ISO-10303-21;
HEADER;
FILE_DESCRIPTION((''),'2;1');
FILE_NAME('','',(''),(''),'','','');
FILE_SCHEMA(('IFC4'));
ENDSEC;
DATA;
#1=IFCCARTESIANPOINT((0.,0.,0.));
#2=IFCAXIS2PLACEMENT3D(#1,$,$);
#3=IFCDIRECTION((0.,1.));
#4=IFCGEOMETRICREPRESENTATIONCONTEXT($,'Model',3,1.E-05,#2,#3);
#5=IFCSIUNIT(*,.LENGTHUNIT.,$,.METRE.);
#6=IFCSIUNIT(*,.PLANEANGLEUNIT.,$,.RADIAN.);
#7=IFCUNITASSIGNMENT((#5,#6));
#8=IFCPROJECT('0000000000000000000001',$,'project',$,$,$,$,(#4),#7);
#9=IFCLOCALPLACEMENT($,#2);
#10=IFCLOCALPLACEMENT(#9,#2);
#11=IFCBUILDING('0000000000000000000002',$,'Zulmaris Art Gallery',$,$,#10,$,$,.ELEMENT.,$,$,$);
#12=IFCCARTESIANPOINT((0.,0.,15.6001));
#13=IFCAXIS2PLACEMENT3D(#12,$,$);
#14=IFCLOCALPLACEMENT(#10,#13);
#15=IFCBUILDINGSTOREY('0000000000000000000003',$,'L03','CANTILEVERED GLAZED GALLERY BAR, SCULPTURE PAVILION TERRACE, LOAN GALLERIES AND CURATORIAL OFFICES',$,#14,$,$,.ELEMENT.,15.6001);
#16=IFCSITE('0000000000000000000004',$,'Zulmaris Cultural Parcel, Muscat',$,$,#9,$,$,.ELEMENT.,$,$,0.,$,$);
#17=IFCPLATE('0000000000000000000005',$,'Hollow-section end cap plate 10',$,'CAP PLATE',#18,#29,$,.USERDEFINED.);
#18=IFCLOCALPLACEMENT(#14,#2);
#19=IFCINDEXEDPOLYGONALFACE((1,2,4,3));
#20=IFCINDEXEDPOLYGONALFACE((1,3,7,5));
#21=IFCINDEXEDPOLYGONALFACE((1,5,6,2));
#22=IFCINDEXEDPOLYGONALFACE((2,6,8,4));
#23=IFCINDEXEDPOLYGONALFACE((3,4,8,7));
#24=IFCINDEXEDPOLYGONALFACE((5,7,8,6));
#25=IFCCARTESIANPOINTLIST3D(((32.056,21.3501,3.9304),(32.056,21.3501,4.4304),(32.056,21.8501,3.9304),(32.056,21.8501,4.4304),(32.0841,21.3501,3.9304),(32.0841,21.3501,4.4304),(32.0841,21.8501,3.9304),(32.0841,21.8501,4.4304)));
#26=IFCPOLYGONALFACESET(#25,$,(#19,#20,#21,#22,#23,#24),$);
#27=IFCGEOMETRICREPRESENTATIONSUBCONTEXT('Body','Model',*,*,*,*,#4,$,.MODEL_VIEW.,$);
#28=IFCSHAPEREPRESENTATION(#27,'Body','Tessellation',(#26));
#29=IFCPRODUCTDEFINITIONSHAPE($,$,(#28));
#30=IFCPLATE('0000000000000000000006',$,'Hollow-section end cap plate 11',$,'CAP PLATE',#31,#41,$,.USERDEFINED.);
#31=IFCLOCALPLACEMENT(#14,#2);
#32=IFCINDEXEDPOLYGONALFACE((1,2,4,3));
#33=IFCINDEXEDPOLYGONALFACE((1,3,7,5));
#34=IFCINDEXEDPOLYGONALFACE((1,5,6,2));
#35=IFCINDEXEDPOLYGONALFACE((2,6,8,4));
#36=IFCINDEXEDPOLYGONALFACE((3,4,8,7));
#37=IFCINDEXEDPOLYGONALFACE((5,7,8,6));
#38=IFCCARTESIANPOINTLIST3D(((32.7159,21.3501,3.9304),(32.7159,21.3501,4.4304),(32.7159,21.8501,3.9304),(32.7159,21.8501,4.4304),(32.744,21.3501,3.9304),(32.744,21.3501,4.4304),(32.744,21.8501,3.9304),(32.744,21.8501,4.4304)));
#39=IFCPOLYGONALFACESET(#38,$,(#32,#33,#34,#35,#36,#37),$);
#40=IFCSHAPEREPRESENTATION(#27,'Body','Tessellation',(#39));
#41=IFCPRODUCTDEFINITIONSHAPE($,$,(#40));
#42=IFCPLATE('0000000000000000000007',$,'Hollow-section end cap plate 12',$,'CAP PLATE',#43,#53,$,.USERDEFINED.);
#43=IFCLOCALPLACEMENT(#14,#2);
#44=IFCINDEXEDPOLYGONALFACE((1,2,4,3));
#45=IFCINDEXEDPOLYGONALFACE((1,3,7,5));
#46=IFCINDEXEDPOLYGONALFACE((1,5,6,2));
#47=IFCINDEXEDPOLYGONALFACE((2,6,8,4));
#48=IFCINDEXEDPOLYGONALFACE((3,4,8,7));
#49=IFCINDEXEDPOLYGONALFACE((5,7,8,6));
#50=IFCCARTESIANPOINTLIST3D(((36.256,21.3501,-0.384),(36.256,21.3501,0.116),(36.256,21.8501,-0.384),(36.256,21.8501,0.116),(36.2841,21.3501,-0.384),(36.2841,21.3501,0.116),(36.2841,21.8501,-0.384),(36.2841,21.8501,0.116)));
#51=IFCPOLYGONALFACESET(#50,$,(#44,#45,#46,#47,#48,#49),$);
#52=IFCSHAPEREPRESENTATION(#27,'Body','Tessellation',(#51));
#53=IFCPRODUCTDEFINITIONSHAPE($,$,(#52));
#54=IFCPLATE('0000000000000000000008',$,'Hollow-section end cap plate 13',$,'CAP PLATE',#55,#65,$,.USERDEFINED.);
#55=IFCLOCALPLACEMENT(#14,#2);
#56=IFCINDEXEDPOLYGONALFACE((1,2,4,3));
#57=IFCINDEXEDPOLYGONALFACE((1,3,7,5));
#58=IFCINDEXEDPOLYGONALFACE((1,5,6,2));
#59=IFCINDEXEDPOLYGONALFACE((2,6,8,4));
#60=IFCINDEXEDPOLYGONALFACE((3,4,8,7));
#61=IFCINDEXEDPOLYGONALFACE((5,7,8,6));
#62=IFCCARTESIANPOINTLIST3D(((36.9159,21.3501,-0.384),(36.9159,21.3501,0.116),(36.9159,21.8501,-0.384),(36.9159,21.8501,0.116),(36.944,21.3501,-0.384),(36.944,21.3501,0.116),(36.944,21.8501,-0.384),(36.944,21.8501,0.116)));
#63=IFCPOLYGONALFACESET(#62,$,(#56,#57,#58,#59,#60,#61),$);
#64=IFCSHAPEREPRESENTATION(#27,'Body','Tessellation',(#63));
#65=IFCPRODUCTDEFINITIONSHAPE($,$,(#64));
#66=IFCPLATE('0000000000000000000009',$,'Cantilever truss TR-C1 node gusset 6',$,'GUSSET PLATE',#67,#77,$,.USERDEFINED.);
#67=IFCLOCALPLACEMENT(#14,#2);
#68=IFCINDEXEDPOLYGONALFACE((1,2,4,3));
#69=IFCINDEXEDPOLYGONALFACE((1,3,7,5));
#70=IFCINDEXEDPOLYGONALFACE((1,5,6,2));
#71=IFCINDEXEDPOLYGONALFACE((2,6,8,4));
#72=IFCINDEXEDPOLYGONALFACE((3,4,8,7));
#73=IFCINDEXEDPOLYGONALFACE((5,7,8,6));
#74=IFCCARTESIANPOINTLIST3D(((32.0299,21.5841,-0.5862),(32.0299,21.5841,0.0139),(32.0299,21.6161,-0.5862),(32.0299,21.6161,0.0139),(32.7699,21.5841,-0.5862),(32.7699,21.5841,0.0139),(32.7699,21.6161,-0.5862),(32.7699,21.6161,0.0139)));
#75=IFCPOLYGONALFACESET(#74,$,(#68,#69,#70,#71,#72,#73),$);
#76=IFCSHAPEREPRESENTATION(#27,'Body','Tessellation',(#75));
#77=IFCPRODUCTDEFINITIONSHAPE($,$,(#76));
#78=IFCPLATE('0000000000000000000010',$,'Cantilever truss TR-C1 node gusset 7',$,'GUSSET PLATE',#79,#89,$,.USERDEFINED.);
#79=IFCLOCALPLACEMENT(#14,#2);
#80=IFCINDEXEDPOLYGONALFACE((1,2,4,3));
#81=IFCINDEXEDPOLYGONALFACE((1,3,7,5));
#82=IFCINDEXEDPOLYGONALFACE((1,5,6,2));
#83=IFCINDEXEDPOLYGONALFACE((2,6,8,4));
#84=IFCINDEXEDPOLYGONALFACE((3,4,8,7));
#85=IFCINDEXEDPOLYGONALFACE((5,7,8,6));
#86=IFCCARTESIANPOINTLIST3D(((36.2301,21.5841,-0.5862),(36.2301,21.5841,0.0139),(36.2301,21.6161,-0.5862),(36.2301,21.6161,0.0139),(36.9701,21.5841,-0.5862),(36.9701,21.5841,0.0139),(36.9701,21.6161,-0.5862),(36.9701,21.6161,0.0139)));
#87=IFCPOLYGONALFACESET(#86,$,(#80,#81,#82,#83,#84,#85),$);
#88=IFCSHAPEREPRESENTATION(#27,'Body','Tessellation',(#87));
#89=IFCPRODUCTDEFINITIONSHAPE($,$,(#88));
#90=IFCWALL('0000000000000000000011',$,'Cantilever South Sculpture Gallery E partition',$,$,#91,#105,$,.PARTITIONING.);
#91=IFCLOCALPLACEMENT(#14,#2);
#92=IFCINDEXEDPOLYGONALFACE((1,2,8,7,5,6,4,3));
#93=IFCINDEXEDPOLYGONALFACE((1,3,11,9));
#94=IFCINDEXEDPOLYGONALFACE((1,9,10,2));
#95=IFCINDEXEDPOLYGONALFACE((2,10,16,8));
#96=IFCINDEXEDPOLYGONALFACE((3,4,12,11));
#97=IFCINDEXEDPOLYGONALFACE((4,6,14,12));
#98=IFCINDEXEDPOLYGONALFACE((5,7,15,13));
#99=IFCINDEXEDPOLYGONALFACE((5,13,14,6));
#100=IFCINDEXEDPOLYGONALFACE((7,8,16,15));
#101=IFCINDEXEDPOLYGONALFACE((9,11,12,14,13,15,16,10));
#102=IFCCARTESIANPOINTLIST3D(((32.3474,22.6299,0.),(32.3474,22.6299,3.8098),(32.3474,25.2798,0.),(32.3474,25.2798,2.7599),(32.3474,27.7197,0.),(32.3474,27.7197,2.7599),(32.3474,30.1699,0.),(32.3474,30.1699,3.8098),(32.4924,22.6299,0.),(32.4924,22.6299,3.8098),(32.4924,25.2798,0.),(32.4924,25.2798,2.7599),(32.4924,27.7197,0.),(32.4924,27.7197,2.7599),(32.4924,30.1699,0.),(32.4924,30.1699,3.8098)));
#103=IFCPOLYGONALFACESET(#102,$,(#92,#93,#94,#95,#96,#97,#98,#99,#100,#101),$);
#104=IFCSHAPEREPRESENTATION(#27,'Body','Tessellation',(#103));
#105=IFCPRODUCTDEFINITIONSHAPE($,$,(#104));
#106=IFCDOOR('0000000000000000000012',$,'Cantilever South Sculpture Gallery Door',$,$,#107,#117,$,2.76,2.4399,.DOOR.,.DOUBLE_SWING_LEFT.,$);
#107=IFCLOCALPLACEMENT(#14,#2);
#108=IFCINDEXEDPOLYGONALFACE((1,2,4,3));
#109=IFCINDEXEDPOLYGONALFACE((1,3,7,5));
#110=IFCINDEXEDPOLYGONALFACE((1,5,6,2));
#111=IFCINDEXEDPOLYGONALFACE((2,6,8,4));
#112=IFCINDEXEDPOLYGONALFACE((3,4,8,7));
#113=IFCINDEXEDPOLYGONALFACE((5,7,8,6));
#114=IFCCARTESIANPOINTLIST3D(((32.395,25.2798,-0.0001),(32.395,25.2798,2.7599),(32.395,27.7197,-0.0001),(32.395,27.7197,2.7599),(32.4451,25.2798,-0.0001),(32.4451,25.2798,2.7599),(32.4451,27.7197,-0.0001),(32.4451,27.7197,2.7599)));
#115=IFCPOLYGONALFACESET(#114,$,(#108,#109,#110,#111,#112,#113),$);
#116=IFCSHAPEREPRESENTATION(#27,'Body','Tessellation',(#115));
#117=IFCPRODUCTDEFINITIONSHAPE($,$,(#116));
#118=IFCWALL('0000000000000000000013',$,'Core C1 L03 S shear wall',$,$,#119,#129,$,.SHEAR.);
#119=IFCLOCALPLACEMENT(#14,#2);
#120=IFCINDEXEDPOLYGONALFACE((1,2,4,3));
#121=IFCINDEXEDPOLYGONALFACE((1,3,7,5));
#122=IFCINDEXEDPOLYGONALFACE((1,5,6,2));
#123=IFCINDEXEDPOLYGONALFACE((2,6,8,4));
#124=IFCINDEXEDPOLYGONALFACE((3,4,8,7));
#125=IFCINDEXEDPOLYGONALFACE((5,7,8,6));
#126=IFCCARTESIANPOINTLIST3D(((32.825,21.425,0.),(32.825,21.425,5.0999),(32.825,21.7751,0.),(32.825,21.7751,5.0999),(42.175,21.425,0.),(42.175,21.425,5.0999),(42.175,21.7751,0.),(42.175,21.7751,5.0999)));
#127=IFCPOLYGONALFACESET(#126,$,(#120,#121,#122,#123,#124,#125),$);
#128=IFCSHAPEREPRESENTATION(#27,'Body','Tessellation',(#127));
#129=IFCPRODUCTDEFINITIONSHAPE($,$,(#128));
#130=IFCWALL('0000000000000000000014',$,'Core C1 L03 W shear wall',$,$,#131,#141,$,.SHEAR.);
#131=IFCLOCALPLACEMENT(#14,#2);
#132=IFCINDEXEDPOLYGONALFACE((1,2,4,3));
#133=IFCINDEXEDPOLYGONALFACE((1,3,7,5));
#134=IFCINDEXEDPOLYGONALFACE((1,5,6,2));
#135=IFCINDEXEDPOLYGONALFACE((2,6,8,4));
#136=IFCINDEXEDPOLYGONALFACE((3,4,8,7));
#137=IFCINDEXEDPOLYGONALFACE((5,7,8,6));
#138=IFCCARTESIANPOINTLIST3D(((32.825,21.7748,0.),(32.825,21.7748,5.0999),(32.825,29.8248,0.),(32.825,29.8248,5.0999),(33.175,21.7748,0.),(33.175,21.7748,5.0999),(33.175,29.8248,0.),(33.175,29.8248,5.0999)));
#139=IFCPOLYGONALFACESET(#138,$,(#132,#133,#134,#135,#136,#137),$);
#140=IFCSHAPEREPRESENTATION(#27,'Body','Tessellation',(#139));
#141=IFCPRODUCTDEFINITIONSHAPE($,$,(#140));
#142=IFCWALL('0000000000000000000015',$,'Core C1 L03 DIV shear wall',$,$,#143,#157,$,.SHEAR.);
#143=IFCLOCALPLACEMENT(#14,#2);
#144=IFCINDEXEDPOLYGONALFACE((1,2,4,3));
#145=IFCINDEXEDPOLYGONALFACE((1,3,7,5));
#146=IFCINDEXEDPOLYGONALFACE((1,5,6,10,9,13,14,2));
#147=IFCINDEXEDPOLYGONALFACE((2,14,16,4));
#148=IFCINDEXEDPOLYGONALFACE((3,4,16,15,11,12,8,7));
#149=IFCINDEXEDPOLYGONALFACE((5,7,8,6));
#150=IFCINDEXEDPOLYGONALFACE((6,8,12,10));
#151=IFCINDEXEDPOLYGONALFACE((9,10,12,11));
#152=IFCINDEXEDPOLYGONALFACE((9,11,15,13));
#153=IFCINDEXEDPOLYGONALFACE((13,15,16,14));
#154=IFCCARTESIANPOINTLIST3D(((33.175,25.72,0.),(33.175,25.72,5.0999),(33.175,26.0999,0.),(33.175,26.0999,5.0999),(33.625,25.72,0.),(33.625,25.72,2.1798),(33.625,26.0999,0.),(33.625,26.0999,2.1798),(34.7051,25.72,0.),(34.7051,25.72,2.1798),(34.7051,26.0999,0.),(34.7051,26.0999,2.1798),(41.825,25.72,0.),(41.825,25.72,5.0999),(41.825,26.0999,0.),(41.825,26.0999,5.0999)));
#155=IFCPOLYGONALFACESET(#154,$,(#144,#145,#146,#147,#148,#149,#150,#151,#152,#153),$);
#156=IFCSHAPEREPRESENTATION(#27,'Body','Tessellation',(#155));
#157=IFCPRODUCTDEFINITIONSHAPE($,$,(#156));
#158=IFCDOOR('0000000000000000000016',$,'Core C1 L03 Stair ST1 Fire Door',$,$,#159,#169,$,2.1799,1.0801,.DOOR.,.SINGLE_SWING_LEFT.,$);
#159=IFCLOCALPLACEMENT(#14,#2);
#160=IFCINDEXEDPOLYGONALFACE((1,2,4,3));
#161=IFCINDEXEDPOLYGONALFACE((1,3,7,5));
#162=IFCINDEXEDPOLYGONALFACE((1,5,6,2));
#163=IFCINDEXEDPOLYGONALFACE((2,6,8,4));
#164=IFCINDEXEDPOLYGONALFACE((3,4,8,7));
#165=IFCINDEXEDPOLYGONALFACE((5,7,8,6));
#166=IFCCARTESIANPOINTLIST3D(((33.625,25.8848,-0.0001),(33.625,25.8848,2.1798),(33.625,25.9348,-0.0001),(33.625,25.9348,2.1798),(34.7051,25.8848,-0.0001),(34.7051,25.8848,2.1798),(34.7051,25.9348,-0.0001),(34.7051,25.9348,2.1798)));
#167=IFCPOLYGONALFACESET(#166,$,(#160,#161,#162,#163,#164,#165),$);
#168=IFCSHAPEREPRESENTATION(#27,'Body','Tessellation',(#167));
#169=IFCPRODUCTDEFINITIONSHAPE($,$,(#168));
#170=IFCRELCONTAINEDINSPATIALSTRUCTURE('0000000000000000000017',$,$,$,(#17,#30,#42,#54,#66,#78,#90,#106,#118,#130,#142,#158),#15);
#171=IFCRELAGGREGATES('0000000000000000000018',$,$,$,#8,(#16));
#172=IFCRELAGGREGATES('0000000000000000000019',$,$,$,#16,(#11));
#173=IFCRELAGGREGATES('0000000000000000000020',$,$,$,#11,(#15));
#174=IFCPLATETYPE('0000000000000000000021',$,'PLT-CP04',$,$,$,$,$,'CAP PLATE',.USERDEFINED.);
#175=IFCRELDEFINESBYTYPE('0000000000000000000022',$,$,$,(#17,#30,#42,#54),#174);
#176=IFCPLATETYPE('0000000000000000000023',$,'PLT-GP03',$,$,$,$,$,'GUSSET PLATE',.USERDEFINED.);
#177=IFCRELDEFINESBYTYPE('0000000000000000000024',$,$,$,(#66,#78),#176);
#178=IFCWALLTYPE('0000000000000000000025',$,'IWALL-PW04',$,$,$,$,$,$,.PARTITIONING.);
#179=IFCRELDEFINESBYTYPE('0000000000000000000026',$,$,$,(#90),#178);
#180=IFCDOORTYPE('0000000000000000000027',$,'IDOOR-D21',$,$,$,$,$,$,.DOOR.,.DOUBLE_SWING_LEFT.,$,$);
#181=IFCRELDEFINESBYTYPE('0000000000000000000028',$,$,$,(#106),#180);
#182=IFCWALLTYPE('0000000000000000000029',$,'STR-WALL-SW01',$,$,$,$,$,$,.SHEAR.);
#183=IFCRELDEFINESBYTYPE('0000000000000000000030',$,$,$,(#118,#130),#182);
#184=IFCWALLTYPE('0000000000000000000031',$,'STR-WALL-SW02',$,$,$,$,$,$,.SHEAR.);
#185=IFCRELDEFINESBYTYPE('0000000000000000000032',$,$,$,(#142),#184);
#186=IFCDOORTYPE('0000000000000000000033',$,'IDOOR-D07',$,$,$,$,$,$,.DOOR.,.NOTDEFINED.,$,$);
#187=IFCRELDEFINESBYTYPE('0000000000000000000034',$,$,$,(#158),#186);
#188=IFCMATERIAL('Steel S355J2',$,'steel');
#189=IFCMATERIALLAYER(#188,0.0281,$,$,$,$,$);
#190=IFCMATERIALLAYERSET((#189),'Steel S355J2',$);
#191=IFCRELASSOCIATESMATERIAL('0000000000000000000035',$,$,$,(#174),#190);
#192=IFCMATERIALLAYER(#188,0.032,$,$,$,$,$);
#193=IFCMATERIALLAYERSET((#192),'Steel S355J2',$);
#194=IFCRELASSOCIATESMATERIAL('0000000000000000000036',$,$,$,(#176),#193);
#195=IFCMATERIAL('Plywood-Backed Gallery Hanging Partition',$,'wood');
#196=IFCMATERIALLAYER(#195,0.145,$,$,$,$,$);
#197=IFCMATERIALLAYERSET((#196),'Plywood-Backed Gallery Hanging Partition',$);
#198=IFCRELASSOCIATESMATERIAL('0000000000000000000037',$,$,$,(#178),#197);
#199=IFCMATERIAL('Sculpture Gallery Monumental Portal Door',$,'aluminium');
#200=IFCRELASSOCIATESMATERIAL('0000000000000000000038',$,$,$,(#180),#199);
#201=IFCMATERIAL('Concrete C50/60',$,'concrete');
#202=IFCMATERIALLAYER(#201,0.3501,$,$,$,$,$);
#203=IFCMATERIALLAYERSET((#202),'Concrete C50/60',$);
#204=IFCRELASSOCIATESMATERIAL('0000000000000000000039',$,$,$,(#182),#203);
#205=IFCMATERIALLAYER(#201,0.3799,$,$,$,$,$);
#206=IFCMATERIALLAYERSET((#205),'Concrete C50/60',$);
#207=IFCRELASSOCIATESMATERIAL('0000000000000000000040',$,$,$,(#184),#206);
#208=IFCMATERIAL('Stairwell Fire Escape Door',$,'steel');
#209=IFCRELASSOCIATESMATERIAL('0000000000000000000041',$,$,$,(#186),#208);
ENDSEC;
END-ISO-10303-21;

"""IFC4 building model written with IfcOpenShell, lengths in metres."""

from ifc_helpers import new_model, si_unit, direction, frame, frame_2d, origin, origin_2d, place, context, subcontext, project, spatial, rectangle, extrude, material, layer, layer_set, type_object, element, fill, save


model = new_model("IFC4")

# Units and contexts
model_context = context("Model", 3, precision=1e-05, world=origin(), true_north=direction((0.0, 1.0)))
body_context = subcontext(model_context, "Body", "Model", "MODEL_VIEW")
ifc_project = project(units=[si_unit("LENGTHUNIT", "METRE"), si_unit("PLANEANGLEUNIT", "RADIAN")], contexts=[model_context])

# Site, building, storey
site_placement = place(None, origin())
site = spatial("IfcSite", under=ifc_project, at=site_placement, Name="Zulmaris Cultural Parcel, Muscat", CompositionType="ELEMENT", RefElevation=0.0)
building_placement = place(site_placement, origin())
building = spatial("IfcBuilding", under=site, at=building_placement, Name="Zulmaris Art Gallery", CompositionType="ELEMENT")
storey_placement = place(building_placement, frame((0.0, 0.0, 15.6001)))
storey = spatial("IfcBuildingStorey", under=building, at=storey_placement, Name="L03", Description="CANTILEVERED GLAZED GALLERY BAR, SCULPTURE PAVILION TERRACE, LOAN GALLERIES AND CURATORIAL OFFICES", CompositionType="ELEMENT", Elevation=15.6001)

# Shared definitions
ifc_material_1 = material(Name="Steel S355J2", Category="steel")

# Plates
ifc_layer_1 = layer(ifc_material_1, 0.0281)
ifc_layer_set_1 = layer_set([ifc_layer_1], Name="Steel S355J2")
plate_type_1 = type_object("IfcPlateType", Name="PLT-CP04", ElementType="CAP PLATE", PredefinedType="USERDEFINED", material=ifc_layer_set_1)
for number, where, z_axis, x_axis, name in (
    (1, (32.0701, 21.6001, 3.9304), (0.0, 0.0, 1.0), (1.0, 0.0, 0.0), "Hollow-section end cap plate 10"),
    (2, (32.73, 21.6001, 3.9304), (0.0, 0.0, 1.0), (1.0, 0.0, 0.0), "Hollow-section end cap plate 11"),
    (3, (36.27, 21.6001, -0.384), (0.0, 0.0, 1.0), (1.0, 0.0, 0.0), "Hollow-section end cap plate 12"),
    (4, (36.9299, 21.6001, -0.384), (0.0, 0.0, 1.0), (1.0, 0.0, 0.0), "Hollow-section end cap plate 13"),
):
    element("IfcPlate", number, at=place(storey_placement, frame(where, z_axis=z_axis, x_axis=x_axis)), inside=storey, type_object=plate_type_1, Name=name, ObjectType="CAP PLATE", PredefinedType="USERDEFINED", context=body_context, shape_type="SweptSolid", body=[
        extrude(rectangle(XDim=0.0281, YDim=0.5, at=origin_2d()), origin(), (0.0, 0.0, 1.0), 0.5),
    ])
ifc_layer_2 = layer(ifc_material_1, 0.032)
ifc_layer_set_2 = layer_set([ifc_layer_2], Name="Steel S355J2")
plate_type_2 = type_object("IfcPlateType", Name="PLT-GP03", ElementType="GUSSET PLATE", PredefinedType="USERDEFINED", material=ifc_layer_set_2)
for number, where, z_axis, x_axis, name in (
    (5, (32.3999, 21.6001, -0.5862), (0.0, 0.0, 1.0), (1.0, 0.0, 0.0), "Cantilever truss TR-C1 node gusset 6"),
    (6, (36.6001, 21.6001, -0.5862), (0.0, 0.0, 1.0), (1.0, 0.0, 0.0), "Cantilever truss TR-C1 node gusset 7"),
):
    element("IfcPlate", number, at=place(storey_placement, frame(where, z_axis=z_axis, x_axis=x_axis)), inside=storey, type_object=plate_type_2, Name=name, ObjectType="GUSSET PLATE", PredefinedType="USERDEFINED", context=body_context, shape_type="SweptSolid", body=[
        extrude(rectangle(XDim=0.74, YDim=0.032, at=origin_2d()), origin(), (0.0, 0.0, 1.0), 0.6001),
    ])

# Wall, opening, door
ifc_material_2 = material(Name="Plywood-Backed Gallery Hanging Partition", Category="wood")
ifc_layer_3 = layer(ifc_material_2, 0.145)
ifc_layer_set_3 = layer_set([ifc_layer_3], Name="Plywood-Backed Gallery Hanging Partition")
wall_type_1 = type_object("IfcWallType", Name="IWALL-PW04", PredefinedType="PARTITIONING", material=ifc_layer_set_3)
wall_1_placement = place(storey_placement, frame((32.4199, 22.6299, 0.0), z_axis=(0.0, 0.0, 1.0), x_axis=(0.0, 1.0, 0.0)))
wall_1 = element("IfcWall", 7, at=wall_1_placement, inside=storey, type_object=wall_type_1, Name="Cantilever South Sculpture Gallery E partition", PredefinedType="PARTITIONING", context=body_context, shape_type="SweptSolid", body=[
    extrude(rectangle(XDim=7.54, YDim=0.145, at=frame_2d((3.77, 0.0))), origin(), (0.0, 0.0, 1.0), 3.8098),
])
opening_1_placement = place(wall_1_placement, frame((2.6499, 0.0, 0.0)))
opening_1 = element("IfcOpeningElement", 8, at=opening_1_placement, cuts=wall_1, PredefinedType="OPENING", context=body_context, shape_type="SweptSolid", body=[
    extrude(rectangle(XDim=2.4399, YDim=2.76, at=frame_2d((1.22, 1.3799))), frame((0.0, 0.0825, 0.0), z_axis=(0.0, -1.0, 0.0), x_axis=(1.0, 0.0, 0.0)), (0.0, 0.0, 1.0), 0.165),
])
ifc_material_3 = material(Name="Sculpture Gallery Monumental Portal Door", Category="aluminium")
door_type_1 = type_object("IfcDoorType", Name="IDOOR-D21", OperationType="DOUBLE_SWING_LEFT", PredefinedType="DOOR", material=ifc_material_3)
door_1_placement = place(opening_1_placement, origin())
door_1 = element("IfcDoor", 9, at=door_1_placement, inside=storey, type_object=door_type_1, Name="Cantilever South Sculpture Gallery Door", OperationType="DOUBLE_SWING_LEFT", OverallHeight=2.76, OverallWidth=2.4399, PredefinedType="DOOR", context=body_context, shape_type="SweptSolid", body=[
    extrude(rectangle(XDim=2.4399, YDim=2.76, at=frame_2d((1.22, 1.3799))), frame((0.0, 0.0249, 0.0), z_axis=(0.0, -1.0, 0.0), x_axis=(1.0, 0.0, 0.0)), (0.0, 0.0, 1.0), 0.05),
])
fill(opening_1, door_1)

# Walls
ifc_material_4 = material(Name="Concrete C50/60", Category="concrete")
ifc_layer_4 = layer(ifc_material_4, 0.3501)
ifc_layer_set_4 = layer_set([ifc_layer_4], Name="Concrete C50/60")
wall_type_2 = type_object("IfcWallType", Name="STR-WALL-SW01", PredefinedType="SHEAR", material=ifc_layer_set_4)
wall_2_placement = place(storey_placement, frame((32.825, 21.6001, 0.0), z_axis=(0.0, 0.0, 1.0), x_axis=(1.0, 0.0, 0.0)))
element("IfcWall", 10, at=wall_2_placement, inside=storey, type_object=wall_type_2, Name="Core C1 L03 S shear wall", PredefinedType="SHEAR", context=body_context, shape_type="SweptSolid", body=[
    extrude(rectangle(XDim=9.3501, YDim=0.3501, at=frame_2d((4.675, 0.0))), origin(), (0.0, 0.0, 1.0), 5.0999),
])
wall_3_placement = place(storey_placement, frame((33.0, 21.7749, 0.0), z_axis=(0.0, 0.0, 1.0), x_axis=(0.0, 1.0, 0.0)))
element("IfcWall", 11, at=wall_3_placement, inside=storey, type_object=wall_type_2, Name="Core C1 L03 W shear wall", PredefinedType="SHEAR", context=body_context, shape_type="SweptSolid", body=[
    extrude(rectangle(XDim=8.05, YDim=0.3501, at=frame_2d((4.0249, 0.0))), origin(), (0.0, 0.0, 1.0), 5.0999),
])

# Wall, opening, door
ifc_layer_5 = layer(ifc_material_4, 0.3799)
ifc_layer_set_5 = layer_set([ifc_layer_5], Name="Concrete C50/60")
wall_type_3 = type_object("IfcWallType", Name="STR-WALL-SW02", PredefinedType="SHEAR", material=ifc_layer_set_5)
wall_4_placement = place(storey_placement, frame((33.175, 25.9099, 0.0), z_axis=(0.0, 0.0, 1.0), x_axis=(1.0, 0.0, 0.0)))
wall_4 = element("IfcWall", 12, at=wall_4_placement, inside=storey, type_object=wall_type_3, Name="Core C1 L03 DIV shear wall", PredefinedType="SHEAR", context=body_context, shape_type="SweptSolid", body=[
    extrude(rectangle(XDim=8.6499, YDim=0.3799, at=frame_2d((4.325, 0.0))), origin(), (0.0, 0.0, 1.0), 5.0999),
])
opening_2_placement = place(wall_4_placement, frame((0.45, 0.0, 0.0)))
opening_2 = element("IfcOpeningElement", 13, at=opening_2_placement, cuts=wall_4, PredefinedType="OPENING", context=body_context, shape_type="SweptSolid", body=[
    extrude(rectangle(XDim=1.0801, YDim=2.1799, at=frame_2d((0.54, 1.0898))), frame((0.0, 0.2, 0.0), z_axis=(0.0, -1.0, 0.0), x_axis=(1.0, 0.0, 0.0)), (0.0, 0.0, 1.0), 0.3999),
])
ifc_material_5 = material(Name="Stairwell Fire Escape Door", Category="steel")
door_type_2 = type_object("IfcDoorType", Name="IDOOR-D07", OperationType="NOTDEFINED", PredefinedType="DOOR", material=ifc_material_5)
door_2_placement = place(opening_2_placement, origin())
door_2 = element("IfcDoor", 14, at=door_2_placement, inside=storey, type_object=door_type_2, Name="Core C1 L03 Stair ST1 Fire Door", OperationType="SINGLE_SWING_LEFT", OverallHeight=2.1799, OverallWidth=1.0801, PredefinedType="DOOR", context=body_context, shape_type="SweptSolid", body=[
    extrude(rectangle(XDim=1.0801, YDim=2.1799, at=frame_2d((0.54, 1.0898))), frame((0.0, 0.0249, 0.0), z_axis=(0.0, -1.0, 0.0), x_axis=(1.0, 0.0, 0.0)), (0.0, 0.0, 1.0), 0.05),
])
fill(opening_2, door_2)

save(model, "model.ifc")
